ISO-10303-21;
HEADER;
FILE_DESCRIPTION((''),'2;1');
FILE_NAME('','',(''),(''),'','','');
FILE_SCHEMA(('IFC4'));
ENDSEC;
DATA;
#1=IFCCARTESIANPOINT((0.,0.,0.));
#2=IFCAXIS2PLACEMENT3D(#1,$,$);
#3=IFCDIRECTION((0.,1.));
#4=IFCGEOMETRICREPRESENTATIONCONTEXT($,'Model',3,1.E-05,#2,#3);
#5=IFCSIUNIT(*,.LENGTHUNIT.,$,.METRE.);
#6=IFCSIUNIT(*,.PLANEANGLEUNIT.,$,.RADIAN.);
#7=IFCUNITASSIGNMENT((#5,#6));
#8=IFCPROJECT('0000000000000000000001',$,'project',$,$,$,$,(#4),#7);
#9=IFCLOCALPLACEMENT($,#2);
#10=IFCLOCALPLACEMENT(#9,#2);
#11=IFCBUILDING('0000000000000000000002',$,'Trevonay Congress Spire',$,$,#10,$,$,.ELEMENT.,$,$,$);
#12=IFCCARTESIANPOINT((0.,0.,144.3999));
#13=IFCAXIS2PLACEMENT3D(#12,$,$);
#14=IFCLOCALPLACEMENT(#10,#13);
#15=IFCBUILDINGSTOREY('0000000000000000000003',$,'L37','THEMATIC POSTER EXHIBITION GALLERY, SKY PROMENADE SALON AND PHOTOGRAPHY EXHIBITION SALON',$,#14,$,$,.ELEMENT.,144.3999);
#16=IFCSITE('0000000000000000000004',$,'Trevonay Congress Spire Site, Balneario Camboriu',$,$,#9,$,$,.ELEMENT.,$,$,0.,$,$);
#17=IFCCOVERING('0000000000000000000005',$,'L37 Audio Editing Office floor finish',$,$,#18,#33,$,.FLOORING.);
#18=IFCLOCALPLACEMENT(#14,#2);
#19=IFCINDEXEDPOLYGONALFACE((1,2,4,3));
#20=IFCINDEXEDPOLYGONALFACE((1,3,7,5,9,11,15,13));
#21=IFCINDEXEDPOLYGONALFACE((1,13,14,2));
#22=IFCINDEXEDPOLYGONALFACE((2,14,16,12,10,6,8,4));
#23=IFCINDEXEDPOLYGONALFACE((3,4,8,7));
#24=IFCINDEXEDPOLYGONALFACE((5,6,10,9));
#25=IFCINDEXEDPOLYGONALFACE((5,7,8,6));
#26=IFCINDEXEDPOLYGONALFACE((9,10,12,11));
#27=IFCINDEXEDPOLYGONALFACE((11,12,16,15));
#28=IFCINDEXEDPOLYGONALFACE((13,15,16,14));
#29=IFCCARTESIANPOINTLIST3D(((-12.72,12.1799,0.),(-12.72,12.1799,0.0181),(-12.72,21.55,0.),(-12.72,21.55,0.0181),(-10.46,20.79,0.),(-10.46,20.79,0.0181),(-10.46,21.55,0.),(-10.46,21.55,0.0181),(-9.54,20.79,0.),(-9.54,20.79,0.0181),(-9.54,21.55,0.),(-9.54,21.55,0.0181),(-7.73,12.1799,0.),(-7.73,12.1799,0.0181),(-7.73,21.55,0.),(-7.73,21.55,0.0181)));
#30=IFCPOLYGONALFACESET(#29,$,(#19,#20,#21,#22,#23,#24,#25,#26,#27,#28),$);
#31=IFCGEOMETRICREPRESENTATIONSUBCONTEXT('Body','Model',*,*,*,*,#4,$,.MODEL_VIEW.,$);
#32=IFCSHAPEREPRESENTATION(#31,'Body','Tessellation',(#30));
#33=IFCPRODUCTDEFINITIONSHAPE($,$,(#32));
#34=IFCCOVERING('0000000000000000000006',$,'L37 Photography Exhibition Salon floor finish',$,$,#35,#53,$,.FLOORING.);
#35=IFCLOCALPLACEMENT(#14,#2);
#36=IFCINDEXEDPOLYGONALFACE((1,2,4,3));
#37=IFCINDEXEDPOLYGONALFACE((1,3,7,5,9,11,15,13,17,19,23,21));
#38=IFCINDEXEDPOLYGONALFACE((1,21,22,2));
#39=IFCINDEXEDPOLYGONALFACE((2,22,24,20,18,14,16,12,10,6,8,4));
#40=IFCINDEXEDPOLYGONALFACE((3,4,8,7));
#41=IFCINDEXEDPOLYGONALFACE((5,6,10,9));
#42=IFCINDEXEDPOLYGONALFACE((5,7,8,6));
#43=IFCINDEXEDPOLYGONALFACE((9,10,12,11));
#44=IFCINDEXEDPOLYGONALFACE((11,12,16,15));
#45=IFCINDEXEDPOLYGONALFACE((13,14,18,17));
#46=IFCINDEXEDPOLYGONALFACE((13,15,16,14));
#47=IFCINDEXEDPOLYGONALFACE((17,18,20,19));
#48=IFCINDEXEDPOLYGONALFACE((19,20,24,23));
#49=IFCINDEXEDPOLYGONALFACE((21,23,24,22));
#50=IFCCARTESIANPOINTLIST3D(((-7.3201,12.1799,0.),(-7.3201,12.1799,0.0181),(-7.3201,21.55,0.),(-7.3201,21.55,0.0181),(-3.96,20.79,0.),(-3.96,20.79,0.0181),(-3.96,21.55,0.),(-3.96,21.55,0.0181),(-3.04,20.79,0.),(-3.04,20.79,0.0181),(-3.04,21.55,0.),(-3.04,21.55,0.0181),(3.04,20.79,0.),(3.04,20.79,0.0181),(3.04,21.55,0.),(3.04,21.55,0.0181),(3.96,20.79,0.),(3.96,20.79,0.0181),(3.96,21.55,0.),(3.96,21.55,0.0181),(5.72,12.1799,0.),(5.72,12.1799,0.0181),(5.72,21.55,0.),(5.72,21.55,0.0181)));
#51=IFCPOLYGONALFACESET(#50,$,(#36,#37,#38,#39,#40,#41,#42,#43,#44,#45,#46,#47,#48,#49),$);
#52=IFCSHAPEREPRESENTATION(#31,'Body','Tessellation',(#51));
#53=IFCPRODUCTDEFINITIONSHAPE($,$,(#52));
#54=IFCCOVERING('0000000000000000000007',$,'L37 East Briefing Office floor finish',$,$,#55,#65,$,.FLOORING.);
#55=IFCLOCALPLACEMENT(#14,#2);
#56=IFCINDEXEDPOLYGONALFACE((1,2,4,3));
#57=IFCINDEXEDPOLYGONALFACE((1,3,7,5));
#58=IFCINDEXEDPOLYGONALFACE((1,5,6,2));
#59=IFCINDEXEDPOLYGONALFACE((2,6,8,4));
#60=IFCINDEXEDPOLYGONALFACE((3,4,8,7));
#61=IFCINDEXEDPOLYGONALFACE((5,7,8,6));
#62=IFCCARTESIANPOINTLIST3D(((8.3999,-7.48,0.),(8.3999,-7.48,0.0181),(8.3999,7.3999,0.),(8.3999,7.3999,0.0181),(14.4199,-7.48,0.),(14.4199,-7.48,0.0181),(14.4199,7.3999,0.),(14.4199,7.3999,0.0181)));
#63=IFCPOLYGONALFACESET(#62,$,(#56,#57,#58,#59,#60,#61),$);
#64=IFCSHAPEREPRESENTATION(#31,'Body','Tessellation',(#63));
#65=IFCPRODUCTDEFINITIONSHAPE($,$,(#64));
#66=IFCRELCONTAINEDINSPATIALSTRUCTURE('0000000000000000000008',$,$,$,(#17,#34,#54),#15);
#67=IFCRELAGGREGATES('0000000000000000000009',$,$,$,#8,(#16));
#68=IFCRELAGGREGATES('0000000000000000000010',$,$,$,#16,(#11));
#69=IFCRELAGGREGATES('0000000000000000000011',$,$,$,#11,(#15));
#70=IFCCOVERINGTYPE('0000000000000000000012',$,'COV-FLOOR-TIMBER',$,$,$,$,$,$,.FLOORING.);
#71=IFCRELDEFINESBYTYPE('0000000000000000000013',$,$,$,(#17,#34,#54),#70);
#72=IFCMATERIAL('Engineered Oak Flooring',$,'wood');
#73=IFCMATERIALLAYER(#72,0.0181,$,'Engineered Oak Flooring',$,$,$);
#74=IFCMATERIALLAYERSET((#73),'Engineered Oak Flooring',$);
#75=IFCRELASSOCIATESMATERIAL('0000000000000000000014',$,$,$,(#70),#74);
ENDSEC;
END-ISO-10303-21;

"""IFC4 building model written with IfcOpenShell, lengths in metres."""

from ifc_helpers import new_model, si_unit, direction, frame, origin, place, context, subcontext, project, spatial, polyline, outline, extrude, material, layer, layer_set, type_object, element, save


model = new_model("IFC4")

# Units and contexts
model_context = context("Model", 3, precision=1e-05, world=origin(), true_north=direction((0.0, 1.0)))
body_context = subcontext(model_context, "Body", "Model", "MODEL_VIEW")
ifc_project = project(units=[si_unit("LENGTHUNIT", "METRE"), si_unit("PLANEANGLEUNIT", "RADIAN")], contexts=[model_context])

# Site, building, storey
site_placement = place(None, origin())
site = spatial("IfcSite", under=ifc_project, at=site_placement, Name="Trevonay Congress Spire Site, Balneario Camboriu", CompositionType="ELEMENT", RefElevation=0.0)
building_placement = place(site_placement, origin())
building = spatial("IfcBuilding", under=site, at=building_placement, Name="Trevonay Congress Spire", CompositionType="ELEMENT")
storey_placement = place(building_placement, frame((0.0, 0.0, 144.3999)))
storey = spatial("IfcBuildingStorey", under=building, at=storey_placement, Name="L37", Description="THEMATIC POSTER EXHIBITION GALLERY, SKY PROMENADE SALON AND PHOTOGRAPHY EXHIBITION SALON", CompositionType="ELEMENT", Elevation=144.3999)

# Coverings
ifc_material_1 = material(Name="Engineered Oak Flooring", Category="wood")
ifc_layer_1 = layer(ifc_material_1, 0.0181, Name="Engineered Oak Flooring")
ifc_layer_set_1 = layer_set([ifc_layer_1], Name="Engineered Oak Flooring")
covering_type_1 = type_object("IfcCoveringType", Name="COV-FLOOR-TIMBER", PredefinedType="FLOORING", material=ifc_layer_set_1)
covering_1_placement = place(storey_placement, origin())
element("IfcCovering", 1, at=covering_1_placement, inside=storey, type_object=covering_type_1, Name="L37 Audio Editing Office floor finish", PredefinedType="FLOORING", context=body_context, shape_type="SweptSolid", body=[
    extrude(outline(polyline([(-7.73, 21.55), (-7.73, 12.1799), (-12.72, 12.1799), (-12.72, 21.55), (-10.46, 21.55), (-10.46, 20.79), (-9.54, 20.79), (-9.54, 21.55), (-7.73, 21.55)])), origin(), (0.0, 0.0, 1.0), 0.0181),
])
covering_2_placement = place(storey_placement, origin())
element("IfcCovering", 2, at=covering_2_placement, inside=storey, type_object=covering_type_1, Name="L37 Photography Exhibition Salon floor finish", PredefinedType="FLOORING", context=body_context, shape_type="SweptSolid", body=[
    extrude(outline(polyline([(5.72, 21.55), (5.72, 12.1799), (-7.3201, 12.1799), (-7.3201, 21.55), (-3.96, 21.55), (-3.96, 20.79), (-3.04, 20.79), (-3.04, 21.55), (3.04, 21.55), (3.04, 20.79), (3.96, 20.79), (3.96, 21.55), (5.72, 21.55)])), origin(), (0.0, 0.0, 1.0), 0.0181),
])
covering_3_placement = place(storey_placement, origin())
element("IfcCovering", 3, at=covering_3_placement, inside=storey, type_object=covering_type_1, Name="L37 East Briefing Office floor finish", PredefinedType="FLOORING", context=body_context, shape_type="SweptSolid", body=[
    extrude(outline(polyline([(8.3999, -7.48), (14.4199, -7.48), (14.4199, 7.3999), (8.3999, 7.3999), (8.3999, -7.48)])), origin(), (0.0, 0.0, 1.0), 0.0181),
])

save(model, "model.ifc")
